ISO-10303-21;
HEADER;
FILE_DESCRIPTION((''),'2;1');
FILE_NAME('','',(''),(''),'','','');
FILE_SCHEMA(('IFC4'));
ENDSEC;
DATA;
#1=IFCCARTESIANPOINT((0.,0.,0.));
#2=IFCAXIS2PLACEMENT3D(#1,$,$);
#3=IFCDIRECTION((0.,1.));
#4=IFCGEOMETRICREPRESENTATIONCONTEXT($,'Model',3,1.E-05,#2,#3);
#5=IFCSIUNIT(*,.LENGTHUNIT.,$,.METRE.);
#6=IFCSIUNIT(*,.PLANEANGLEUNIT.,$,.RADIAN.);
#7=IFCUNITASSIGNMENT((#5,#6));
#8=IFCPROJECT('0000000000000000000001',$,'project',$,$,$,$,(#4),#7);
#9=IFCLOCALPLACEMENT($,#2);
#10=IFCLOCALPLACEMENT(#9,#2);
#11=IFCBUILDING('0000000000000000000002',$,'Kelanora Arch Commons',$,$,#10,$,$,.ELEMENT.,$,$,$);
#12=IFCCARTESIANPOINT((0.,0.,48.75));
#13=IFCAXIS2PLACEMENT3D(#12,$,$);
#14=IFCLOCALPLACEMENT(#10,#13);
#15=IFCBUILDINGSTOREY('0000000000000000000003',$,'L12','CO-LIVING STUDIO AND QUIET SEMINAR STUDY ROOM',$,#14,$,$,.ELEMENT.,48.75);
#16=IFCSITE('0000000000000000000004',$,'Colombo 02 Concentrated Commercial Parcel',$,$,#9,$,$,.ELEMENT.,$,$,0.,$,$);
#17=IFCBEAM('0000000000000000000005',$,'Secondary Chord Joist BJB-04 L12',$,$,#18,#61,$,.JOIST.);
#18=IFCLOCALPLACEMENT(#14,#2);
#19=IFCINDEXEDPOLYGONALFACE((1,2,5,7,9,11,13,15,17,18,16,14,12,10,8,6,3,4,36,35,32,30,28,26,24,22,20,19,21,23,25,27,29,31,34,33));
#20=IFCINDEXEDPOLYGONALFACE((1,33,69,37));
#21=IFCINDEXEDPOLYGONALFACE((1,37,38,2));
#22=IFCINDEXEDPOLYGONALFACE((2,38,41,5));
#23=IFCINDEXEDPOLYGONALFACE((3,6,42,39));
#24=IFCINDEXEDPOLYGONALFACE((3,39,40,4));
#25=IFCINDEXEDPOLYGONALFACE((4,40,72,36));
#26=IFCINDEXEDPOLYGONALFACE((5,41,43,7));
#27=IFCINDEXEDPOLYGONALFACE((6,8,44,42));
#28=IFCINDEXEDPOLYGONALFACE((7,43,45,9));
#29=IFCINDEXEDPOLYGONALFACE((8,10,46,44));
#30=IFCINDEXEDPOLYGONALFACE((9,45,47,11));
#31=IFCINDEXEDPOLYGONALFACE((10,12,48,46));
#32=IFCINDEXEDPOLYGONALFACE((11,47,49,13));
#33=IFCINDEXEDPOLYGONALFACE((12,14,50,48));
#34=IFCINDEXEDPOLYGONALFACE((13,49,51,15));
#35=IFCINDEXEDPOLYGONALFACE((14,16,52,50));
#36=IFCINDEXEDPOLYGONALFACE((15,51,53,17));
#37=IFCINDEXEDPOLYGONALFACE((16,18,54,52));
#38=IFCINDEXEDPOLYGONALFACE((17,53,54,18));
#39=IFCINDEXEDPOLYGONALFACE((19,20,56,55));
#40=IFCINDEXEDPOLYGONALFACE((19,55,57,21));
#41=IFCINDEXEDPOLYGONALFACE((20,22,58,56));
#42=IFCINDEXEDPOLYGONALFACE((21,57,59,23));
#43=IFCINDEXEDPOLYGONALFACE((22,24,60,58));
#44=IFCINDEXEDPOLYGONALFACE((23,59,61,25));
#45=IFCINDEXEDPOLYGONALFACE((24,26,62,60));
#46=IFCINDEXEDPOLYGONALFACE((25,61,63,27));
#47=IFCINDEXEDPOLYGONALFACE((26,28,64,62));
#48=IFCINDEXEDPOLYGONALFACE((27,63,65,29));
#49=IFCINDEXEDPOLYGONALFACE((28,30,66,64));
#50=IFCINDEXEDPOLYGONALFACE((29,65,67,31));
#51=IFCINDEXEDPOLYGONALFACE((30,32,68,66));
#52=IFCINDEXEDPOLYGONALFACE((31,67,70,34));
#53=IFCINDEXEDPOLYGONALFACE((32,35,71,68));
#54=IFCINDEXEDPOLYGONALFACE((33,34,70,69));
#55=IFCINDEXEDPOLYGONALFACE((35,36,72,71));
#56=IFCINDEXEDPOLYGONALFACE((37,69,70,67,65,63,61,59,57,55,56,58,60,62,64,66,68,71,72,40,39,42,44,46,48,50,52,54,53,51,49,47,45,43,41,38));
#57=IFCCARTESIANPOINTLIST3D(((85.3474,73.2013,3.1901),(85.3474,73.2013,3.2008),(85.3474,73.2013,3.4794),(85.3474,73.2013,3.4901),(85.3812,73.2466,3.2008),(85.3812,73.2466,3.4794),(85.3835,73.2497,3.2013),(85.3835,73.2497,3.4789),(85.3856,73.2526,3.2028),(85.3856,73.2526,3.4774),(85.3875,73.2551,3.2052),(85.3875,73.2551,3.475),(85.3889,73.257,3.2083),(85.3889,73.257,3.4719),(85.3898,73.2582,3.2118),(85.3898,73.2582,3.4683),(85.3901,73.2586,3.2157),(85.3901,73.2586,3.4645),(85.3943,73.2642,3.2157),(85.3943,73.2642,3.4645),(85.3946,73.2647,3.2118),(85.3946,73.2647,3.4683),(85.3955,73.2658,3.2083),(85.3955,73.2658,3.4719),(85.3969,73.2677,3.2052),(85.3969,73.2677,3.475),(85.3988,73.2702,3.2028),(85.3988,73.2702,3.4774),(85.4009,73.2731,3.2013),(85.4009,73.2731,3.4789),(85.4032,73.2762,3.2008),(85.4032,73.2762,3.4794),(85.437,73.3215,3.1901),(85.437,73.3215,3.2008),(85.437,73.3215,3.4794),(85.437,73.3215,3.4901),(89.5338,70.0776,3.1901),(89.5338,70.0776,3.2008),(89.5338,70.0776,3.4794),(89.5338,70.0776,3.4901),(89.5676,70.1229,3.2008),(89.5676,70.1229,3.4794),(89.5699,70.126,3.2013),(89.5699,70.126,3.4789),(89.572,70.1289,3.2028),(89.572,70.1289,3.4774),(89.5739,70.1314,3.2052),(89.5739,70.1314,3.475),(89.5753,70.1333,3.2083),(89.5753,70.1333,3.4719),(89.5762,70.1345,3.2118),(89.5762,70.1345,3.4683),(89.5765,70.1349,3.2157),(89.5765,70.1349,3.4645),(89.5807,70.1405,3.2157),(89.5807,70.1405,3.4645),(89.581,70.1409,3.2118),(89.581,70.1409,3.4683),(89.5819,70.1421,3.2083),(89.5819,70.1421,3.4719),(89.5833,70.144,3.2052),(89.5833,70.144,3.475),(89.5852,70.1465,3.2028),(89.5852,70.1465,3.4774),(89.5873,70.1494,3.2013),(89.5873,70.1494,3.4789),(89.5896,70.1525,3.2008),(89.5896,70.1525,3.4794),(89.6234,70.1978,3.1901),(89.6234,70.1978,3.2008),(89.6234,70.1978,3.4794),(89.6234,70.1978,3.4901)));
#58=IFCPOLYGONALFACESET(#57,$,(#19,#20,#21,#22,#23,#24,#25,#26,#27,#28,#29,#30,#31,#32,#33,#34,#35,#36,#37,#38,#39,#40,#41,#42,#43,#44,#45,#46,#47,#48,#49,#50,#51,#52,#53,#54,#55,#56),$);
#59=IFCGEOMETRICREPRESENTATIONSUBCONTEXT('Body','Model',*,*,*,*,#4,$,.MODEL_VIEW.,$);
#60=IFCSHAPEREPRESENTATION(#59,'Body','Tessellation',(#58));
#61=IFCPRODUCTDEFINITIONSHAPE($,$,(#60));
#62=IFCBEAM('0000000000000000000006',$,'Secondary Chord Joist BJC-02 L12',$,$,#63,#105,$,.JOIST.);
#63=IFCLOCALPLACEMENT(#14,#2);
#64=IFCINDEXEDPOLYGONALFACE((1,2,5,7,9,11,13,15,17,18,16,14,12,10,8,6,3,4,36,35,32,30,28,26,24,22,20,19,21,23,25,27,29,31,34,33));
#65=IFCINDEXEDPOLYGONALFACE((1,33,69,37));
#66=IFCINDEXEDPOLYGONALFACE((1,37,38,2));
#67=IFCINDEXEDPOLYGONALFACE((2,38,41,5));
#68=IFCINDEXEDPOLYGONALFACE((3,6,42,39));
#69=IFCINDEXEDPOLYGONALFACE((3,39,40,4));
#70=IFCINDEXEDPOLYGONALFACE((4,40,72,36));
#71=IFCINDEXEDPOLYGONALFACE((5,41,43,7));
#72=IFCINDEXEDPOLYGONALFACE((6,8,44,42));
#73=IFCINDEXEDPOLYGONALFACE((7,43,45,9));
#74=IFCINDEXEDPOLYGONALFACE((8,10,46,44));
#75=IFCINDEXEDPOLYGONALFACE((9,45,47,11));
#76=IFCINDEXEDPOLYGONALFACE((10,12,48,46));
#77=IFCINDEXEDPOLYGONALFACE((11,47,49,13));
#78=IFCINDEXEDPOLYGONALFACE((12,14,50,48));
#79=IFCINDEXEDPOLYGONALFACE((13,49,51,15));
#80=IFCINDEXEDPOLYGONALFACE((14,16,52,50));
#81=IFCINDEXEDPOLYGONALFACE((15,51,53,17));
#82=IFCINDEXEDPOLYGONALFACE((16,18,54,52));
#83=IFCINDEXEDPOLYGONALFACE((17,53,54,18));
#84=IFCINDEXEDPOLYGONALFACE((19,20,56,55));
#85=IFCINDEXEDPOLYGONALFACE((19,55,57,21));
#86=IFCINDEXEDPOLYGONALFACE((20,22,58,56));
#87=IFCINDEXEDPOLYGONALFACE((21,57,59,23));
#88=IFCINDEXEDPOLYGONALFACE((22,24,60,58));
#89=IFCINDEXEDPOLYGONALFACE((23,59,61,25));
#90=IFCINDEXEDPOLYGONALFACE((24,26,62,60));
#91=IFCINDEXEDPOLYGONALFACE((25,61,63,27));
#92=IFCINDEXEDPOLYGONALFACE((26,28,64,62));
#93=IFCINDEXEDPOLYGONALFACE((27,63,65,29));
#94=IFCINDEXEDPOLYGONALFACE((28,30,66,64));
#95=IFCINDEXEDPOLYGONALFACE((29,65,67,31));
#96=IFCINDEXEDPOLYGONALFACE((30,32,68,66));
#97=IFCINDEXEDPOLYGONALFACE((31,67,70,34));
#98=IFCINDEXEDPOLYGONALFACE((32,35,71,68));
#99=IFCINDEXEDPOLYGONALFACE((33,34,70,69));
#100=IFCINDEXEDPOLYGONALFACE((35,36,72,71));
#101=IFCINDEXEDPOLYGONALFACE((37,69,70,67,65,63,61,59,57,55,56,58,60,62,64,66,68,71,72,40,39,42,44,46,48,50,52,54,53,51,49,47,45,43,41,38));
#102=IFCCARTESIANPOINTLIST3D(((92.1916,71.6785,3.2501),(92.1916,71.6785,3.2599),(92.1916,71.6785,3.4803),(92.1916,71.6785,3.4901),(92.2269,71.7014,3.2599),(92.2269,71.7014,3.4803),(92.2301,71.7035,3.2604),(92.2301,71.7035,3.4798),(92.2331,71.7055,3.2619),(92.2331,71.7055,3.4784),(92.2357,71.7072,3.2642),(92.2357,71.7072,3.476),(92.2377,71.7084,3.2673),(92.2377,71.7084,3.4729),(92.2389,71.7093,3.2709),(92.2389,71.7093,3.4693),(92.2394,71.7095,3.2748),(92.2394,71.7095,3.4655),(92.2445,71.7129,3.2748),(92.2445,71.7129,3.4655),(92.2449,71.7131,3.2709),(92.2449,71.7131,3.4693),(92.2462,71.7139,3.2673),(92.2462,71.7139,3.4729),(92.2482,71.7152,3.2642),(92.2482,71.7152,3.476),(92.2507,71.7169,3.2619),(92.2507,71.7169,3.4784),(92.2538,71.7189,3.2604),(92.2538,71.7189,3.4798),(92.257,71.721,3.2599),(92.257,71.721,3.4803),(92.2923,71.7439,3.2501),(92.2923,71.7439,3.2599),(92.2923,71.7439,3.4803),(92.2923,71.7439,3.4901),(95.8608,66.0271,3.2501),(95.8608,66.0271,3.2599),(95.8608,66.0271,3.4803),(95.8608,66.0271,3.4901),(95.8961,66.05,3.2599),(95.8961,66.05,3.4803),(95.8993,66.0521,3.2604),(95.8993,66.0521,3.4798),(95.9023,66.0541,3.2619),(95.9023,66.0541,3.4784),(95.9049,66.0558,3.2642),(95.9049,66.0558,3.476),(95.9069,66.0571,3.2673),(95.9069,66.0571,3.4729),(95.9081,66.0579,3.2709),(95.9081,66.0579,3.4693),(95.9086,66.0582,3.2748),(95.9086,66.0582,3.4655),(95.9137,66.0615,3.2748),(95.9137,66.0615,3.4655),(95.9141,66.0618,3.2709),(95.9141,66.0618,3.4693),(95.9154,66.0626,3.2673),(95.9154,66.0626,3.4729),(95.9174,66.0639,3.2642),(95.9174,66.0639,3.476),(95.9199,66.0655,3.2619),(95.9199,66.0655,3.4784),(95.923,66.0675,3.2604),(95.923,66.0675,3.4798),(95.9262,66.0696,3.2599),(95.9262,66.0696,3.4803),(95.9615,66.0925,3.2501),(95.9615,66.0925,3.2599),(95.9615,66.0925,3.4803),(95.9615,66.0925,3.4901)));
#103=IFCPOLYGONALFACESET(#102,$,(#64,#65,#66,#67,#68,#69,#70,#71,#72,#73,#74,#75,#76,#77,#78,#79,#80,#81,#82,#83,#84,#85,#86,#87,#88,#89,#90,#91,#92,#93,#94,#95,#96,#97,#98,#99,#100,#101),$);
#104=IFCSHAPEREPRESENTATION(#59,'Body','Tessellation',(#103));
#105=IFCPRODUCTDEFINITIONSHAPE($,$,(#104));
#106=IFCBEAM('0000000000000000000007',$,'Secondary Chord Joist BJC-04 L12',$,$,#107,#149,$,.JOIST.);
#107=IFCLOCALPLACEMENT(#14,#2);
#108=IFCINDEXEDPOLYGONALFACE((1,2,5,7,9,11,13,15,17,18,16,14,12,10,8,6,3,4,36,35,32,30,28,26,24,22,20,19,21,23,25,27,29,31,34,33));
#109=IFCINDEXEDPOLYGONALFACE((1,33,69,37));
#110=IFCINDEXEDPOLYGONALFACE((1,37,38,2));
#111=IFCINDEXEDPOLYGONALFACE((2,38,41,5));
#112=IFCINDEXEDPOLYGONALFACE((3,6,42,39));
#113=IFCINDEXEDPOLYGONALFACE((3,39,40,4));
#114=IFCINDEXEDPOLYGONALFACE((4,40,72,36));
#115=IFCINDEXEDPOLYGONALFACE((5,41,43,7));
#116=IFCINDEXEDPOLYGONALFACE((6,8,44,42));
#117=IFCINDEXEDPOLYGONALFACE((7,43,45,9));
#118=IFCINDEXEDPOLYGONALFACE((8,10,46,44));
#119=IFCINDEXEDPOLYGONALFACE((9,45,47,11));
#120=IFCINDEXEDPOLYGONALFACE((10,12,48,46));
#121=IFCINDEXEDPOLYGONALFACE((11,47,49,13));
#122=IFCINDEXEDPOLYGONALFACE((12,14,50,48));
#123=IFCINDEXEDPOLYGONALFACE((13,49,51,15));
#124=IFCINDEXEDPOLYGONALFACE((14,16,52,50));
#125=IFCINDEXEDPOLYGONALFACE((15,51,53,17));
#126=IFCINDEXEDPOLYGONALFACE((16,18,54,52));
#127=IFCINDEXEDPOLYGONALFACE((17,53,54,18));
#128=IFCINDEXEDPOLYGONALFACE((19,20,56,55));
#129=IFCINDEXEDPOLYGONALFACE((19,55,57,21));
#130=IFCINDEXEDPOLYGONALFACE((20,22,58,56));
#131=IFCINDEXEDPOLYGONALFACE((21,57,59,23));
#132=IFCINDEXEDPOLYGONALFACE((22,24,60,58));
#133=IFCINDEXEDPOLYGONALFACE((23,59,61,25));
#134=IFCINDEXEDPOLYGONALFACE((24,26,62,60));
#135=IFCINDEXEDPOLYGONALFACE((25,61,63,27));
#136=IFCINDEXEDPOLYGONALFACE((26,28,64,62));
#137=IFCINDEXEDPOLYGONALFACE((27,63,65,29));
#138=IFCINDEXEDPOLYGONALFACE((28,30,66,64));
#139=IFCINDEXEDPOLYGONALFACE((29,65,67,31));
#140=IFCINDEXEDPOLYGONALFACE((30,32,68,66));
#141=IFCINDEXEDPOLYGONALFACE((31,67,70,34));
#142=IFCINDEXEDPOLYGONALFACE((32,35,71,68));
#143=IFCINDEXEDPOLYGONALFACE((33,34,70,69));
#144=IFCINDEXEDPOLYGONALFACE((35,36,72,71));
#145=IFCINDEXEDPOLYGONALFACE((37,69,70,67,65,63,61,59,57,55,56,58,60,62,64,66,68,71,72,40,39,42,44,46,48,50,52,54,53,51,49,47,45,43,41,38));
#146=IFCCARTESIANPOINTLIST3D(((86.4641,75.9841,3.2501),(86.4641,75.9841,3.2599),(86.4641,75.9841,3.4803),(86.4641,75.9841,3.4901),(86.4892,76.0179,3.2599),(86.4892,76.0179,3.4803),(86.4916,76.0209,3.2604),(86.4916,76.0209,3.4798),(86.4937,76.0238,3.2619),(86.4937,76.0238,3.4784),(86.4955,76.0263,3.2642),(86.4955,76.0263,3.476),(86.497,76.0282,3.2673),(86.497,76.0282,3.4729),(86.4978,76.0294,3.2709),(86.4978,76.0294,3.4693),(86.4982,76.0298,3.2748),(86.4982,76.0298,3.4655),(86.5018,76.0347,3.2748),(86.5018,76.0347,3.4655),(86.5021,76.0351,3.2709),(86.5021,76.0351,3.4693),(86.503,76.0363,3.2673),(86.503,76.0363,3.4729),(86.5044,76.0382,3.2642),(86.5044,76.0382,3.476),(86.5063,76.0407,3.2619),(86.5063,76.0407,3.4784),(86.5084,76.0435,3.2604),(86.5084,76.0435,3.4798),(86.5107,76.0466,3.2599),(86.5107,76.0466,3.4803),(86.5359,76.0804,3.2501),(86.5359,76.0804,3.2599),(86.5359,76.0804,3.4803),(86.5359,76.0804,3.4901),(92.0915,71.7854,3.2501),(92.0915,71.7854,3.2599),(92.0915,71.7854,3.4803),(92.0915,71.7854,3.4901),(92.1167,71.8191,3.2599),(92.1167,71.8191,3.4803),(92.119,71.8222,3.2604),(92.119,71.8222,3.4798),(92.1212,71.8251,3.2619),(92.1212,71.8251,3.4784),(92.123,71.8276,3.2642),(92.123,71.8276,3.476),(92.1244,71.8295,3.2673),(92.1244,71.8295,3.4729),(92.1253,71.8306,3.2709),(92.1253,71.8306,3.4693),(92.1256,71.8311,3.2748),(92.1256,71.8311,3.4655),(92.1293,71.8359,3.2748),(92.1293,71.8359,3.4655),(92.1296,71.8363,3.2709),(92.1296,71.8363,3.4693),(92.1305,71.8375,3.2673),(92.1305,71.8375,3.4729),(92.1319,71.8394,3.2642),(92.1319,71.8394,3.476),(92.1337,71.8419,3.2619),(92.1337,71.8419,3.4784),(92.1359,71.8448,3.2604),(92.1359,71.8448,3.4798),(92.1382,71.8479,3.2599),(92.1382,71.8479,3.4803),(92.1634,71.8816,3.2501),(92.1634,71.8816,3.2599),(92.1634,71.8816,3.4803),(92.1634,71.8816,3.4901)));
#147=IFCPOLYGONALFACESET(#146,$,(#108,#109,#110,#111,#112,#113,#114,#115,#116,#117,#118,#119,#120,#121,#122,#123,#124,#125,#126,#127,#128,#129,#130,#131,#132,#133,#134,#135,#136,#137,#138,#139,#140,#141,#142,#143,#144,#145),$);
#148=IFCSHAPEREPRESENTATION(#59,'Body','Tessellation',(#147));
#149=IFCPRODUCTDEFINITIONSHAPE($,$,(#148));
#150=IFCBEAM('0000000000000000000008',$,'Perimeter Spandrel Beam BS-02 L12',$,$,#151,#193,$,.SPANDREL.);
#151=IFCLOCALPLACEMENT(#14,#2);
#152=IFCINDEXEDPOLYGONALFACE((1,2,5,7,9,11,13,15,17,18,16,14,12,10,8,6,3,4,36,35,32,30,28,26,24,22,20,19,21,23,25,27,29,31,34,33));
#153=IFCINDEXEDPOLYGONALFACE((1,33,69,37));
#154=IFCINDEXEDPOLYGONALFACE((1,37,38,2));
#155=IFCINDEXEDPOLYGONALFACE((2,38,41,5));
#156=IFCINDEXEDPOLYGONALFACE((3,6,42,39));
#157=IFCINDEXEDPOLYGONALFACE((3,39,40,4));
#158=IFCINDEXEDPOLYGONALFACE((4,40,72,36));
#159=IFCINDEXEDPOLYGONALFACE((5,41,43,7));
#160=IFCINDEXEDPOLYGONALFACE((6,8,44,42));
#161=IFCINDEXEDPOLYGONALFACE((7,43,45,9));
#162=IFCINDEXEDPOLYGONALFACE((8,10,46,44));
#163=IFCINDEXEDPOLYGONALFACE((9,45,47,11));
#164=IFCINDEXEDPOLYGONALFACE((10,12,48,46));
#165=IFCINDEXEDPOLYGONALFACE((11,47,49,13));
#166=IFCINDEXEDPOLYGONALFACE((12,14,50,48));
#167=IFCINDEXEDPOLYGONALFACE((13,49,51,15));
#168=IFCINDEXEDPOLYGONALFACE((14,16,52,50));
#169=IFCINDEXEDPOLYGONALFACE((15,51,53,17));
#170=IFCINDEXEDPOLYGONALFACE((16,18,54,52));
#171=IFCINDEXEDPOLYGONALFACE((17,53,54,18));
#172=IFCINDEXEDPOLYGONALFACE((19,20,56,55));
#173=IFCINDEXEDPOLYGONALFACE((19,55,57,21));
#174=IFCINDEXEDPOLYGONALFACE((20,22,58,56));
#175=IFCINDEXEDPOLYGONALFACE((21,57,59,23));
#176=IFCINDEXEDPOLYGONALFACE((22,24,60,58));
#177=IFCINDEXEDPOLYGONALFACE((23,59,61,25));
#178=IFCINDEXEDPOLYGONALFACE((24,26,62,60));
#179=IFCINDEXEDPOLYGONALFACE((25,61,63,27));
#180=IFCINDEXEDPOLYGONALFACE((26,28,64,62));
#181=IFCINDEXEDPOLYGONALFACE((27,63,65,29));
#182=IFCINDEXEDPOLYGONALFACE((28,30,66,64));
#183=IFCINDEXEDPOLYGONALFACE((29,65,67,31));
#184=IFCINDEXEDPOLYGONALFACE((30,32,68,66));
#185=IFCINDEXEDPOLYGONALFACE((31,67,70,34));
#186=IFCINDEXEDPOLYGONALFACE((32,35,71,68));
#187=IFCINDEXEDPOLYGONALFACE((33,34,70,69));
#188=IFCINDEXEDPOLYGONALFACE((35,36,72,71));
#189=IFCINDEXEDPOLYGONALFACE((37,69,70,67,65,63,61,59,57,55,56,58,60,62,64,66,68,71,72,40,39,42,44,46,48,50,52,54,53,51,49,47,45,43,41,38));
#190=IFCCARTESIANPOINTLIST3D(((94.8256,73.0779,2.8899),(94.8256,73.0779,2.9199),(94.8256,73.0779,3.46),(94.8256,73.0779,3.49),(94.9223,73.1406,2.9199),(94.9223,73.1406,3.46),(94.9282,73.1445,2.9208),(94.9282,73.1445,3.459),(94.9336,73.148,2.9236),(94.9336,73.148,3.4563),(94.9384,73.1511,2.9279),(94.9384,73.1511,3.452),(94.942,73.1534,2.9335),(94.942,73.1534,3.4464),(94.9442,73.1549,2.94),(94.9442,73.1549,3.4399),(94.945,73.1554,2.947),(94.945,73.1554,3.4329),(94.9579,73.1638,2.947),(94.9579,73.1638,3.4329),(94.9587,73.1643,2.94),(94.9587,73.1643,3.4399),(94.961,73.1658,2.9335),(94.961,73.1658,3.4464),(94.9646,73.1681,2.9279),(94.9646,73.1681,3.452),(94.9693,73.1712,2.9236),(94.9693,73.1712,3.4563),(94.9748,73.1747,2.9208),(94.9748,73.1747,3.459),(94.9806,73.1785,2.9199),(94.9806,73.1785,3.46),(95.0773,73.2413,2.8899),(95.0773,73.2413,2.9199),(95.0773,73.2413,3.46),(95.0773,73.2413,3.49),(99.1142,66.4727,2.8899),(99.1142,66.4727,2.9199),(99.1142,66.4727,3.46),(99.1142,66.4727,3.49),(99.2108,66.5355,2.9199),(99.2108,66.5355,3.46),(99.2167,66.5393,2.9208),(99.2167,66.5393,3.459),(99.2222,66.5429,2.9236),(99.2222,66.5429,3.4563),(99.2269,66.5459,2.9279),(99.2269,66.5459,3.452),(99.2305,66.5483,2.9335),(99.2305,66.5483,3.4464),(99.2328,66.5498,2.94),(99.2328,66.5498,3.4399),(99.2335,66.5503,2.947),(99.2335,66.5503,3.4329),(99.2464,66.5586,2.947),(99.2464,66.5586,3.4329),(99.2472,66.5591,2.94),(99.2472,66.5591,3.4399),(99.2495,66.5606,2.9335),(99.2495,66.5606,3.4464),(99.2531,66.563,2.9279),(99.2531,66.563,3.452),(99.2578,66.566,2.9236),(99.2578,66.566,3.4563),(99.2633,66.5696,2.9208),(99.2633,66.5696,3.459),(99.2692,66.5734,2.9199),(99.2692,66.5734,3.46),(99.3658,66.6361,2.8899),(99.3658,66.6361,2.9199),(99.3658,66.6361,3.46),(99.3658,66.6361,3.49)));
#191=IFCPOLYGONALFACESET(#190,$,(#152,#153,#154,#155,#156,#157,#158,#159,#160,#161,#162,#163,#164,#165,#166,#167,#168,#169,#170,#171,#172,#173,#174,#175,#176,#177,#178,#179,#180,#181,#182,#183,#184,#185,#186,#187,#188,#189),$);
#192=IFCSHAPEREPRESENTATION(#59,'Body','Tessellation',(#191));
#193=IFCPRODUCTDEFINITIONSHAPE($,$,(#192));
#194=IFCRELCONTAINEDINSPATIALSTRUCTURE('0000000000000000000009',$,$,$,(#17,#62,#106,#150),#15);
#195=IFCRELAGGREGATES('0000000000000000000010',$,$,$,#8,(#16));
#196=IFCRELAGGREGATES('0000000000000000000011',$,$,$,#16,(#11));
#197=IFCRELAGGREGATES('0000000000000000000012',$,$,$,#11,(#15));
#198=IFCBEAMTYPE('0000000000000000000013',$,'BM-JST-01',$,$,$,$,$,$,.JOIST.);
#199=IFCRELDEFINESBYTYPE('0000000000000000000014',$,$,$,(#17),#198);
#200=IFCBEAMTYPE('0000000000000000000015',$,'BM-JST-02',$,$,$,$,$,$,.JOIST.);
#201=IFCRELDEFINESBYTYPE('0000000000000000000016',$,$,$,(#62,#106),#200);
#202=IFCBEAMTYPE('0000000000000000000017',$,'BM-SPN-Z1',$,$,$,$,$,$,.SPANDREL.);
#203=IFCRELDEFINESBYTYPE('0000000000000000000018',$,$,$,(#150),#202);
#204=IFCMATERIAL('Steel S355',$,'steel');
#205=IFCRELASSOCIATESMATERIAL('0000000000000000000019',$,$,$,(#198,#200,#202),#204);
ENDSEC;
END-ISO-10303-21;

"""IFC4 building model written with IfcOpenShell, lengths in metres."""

from ifc_helpers import new_model, si_unit, direction, frame, origin, origin_2d, place, context, subcontext, project, spatial, i_section, extrude, material, material_profile, profile_set, type_object, element, save


model = new_model("IFC4")

# Units and contexts
model_context = context("Model", 3, precision=1e-05, world=origin(), true_north=direction((0.0, 1.0)))
body_context = subcontext(model_context, "Body", "Model", "MODEL_VIEW")
ifc_project = project(units=[si_unit("LENGTHUNIT", "METRE"), si_unit("PLANEANGLEUNIT", "RADIAN")], contexts=[model_context])

# Site, building, storey
site_placement = place(None, origin())
site = spatial("IfcSite", under=ifc_project, at=site_placement, Name="Colombo 02 Concentrated Commercial Parcel", CompositionType="ELEMENT", RefElevation=0.0)
building_placement = place(site_placement, origin())
building = spatial("IfcBuilding", under=site, at=building_placement, Name="Kelanora Arch Commons", CompositionType="ELEMENT")
storey_placement = place(building_placement, frame((0.0, 0.0, 48.75)))
storey = spatial("IfcBuildingStorey", under=building, at=storey_placement, Name="L12", Description="CO-LIVING STUDIO AND QUIET SEMINAR STUDY ROOM", CompositionType="ELEMENT", Elevation=48.75)

# Beams
ifc_material_1 = material(Name="Steel S355", Category="steel")
ifc_material_profile_1 = material_profile(ifc_material_1, i_section(OverallWidth=0.1499, OverallDepth=0.3, WebThickness=0.0071, FlangeThickness=0.0107, FilletRadius=0.0149, at=origin_2d()), Name="IPE300")
ifc_profile_set_1 = profile_set([ifc_material_profile_1], Name="Steel S355")
beam_type_1 = type_object("IfcBeamType", Name="BM-JST-01", PredefinedType="JOIST", material=ifc_profile_set_1)
beam_1_placement = place(storey_placement, frame((89.5786, 70.1377, 3.3401), z_axis=(-0.801478, 0.598024, 0.0), x_axis=(-0.598024, -0.801478, 0.0)))
element("IfcBeam", 1, at=beam_1_placement, inside=storey, type_object=beam_type_1, Name="Secondary Chord Joist BJB-04 L12", PredefinedType="JOIST", context=body_context, shape_type="SweptSolid", body=[
    extrude(i_section(OverallWidth=0.1499, OverallDepth=0.3, WebThickness=0.0071, FlangeThickness=0.0107, FilletRadius=0.0149, at=origin_2d()), origin(), (0.0, 0.0, 1.0), 5.2234),
])
ifc_material_profile_2 = material_profile(ifc_material_1, i_section(OverallWidth=0.1201, OverallDepth=0.24, WebThickness=0.0061, FlangeThickness=0.0098, FilletRadius=0.0149, at=origin_2d()), Name="IPE240")
ifc_profile_set_2 = profile_set([ifc_material_profile_2], Name="Steel S355")
beam_type_2 = type_object("IfcBeamType", Name="BM-JST-02", PredefinedType="JOIST", material=ifc_profile_set_2)
beam_2_placement = place(storey_placement, frame((95.9111, 66.0598, 3.3701), z_axis=(-0.54455, 0.838728, 0.0), x_axis=(-0.838728, -0.54455, 0.0)))
element("IfcBeam", 2, at=beam_2_placement, inside=storey, type_object=beam_type_2, Name="Secondary Chord Joist BJC-02 L12", PredefinedType="JOIST", context=body_context, shape_type="SweptSolid", body=[
    extrude(i_section(OverallWidth=0.1201, OverallDepth=0.24, WebThickness=0.0061, FlangeThickness=0.0098, FilletRadius=0.0149, at=origin_2d()), origin(), (0.0, 0.0, 1.0), 6.738),
])
beam_3_placement = place(storey_placement, frame((92.1274, 71.8335, 3.3701), z_axis=(-0.801491, 0.598006, 0.0), x_axis=(-0.598006, -0.801491, 0.0)))
element("IfcBeam", 3, at=beam_3_placement, inside=storey, type_object=beam_type_2, Name="Secondary Chord Joist BJC-04 L12", PredefinedType="JOIST", context=body_context, shape_type="SweptSolid", body=[
    extrude(i_section(OverallWidth=0.1201, OverallDepth=0.24, WebThickness=0.0061, FlangeThickness=0.0098, FilletRadius=0.0149, at=origin_2d()), origin(), (0.0, 0.0, 1.0), 7.0212),
])
ifc_material_profile_3 = material_profile(ifc_material_1, i_section(OverallWidth=0.3, OverallDepth=0.6001, WebThickness=0.0154, FlangeThickness=0.03, FilletRadius=0.0271, at=origin_2d()), Name="HEB600")
ifc_profile_set_3 = profile_set([ifc_material_profile_3], Name="Steel S355")
beam_type_3 = type_object("IfcBeamType", Name="BM-SPN-Z1", PredefinedType="SPANDREL", material=ifc_profile_set_3)
beam_4_placement = place(storey_placement, frame((99.24, 66.5544, 3.1899), z_axis=(-0.544558, 0.838723, 0.0), x_axis=(-0.838723, -0.544558, 0.0)))
element("IfcBeam", 4, at=beam_4_placement, inside=storey, type_object=beam_type_3, Name="Perimeter Spandrel Beam BS-02 L12", PredefinedType="SPANDREL", context=body_context, shape_type="SweptSolid", body=[
    extrude(i_section(OverallWidth=0.3, OverallDepth=0.6001, WebThickness=0.0154, FlangeThickness=0.03, FilletRadius=0.0271, at=origin_2d()), origin(), (0.0, 0.0, 1.0), 7.8752),
])

save(model, "model.ifc")
